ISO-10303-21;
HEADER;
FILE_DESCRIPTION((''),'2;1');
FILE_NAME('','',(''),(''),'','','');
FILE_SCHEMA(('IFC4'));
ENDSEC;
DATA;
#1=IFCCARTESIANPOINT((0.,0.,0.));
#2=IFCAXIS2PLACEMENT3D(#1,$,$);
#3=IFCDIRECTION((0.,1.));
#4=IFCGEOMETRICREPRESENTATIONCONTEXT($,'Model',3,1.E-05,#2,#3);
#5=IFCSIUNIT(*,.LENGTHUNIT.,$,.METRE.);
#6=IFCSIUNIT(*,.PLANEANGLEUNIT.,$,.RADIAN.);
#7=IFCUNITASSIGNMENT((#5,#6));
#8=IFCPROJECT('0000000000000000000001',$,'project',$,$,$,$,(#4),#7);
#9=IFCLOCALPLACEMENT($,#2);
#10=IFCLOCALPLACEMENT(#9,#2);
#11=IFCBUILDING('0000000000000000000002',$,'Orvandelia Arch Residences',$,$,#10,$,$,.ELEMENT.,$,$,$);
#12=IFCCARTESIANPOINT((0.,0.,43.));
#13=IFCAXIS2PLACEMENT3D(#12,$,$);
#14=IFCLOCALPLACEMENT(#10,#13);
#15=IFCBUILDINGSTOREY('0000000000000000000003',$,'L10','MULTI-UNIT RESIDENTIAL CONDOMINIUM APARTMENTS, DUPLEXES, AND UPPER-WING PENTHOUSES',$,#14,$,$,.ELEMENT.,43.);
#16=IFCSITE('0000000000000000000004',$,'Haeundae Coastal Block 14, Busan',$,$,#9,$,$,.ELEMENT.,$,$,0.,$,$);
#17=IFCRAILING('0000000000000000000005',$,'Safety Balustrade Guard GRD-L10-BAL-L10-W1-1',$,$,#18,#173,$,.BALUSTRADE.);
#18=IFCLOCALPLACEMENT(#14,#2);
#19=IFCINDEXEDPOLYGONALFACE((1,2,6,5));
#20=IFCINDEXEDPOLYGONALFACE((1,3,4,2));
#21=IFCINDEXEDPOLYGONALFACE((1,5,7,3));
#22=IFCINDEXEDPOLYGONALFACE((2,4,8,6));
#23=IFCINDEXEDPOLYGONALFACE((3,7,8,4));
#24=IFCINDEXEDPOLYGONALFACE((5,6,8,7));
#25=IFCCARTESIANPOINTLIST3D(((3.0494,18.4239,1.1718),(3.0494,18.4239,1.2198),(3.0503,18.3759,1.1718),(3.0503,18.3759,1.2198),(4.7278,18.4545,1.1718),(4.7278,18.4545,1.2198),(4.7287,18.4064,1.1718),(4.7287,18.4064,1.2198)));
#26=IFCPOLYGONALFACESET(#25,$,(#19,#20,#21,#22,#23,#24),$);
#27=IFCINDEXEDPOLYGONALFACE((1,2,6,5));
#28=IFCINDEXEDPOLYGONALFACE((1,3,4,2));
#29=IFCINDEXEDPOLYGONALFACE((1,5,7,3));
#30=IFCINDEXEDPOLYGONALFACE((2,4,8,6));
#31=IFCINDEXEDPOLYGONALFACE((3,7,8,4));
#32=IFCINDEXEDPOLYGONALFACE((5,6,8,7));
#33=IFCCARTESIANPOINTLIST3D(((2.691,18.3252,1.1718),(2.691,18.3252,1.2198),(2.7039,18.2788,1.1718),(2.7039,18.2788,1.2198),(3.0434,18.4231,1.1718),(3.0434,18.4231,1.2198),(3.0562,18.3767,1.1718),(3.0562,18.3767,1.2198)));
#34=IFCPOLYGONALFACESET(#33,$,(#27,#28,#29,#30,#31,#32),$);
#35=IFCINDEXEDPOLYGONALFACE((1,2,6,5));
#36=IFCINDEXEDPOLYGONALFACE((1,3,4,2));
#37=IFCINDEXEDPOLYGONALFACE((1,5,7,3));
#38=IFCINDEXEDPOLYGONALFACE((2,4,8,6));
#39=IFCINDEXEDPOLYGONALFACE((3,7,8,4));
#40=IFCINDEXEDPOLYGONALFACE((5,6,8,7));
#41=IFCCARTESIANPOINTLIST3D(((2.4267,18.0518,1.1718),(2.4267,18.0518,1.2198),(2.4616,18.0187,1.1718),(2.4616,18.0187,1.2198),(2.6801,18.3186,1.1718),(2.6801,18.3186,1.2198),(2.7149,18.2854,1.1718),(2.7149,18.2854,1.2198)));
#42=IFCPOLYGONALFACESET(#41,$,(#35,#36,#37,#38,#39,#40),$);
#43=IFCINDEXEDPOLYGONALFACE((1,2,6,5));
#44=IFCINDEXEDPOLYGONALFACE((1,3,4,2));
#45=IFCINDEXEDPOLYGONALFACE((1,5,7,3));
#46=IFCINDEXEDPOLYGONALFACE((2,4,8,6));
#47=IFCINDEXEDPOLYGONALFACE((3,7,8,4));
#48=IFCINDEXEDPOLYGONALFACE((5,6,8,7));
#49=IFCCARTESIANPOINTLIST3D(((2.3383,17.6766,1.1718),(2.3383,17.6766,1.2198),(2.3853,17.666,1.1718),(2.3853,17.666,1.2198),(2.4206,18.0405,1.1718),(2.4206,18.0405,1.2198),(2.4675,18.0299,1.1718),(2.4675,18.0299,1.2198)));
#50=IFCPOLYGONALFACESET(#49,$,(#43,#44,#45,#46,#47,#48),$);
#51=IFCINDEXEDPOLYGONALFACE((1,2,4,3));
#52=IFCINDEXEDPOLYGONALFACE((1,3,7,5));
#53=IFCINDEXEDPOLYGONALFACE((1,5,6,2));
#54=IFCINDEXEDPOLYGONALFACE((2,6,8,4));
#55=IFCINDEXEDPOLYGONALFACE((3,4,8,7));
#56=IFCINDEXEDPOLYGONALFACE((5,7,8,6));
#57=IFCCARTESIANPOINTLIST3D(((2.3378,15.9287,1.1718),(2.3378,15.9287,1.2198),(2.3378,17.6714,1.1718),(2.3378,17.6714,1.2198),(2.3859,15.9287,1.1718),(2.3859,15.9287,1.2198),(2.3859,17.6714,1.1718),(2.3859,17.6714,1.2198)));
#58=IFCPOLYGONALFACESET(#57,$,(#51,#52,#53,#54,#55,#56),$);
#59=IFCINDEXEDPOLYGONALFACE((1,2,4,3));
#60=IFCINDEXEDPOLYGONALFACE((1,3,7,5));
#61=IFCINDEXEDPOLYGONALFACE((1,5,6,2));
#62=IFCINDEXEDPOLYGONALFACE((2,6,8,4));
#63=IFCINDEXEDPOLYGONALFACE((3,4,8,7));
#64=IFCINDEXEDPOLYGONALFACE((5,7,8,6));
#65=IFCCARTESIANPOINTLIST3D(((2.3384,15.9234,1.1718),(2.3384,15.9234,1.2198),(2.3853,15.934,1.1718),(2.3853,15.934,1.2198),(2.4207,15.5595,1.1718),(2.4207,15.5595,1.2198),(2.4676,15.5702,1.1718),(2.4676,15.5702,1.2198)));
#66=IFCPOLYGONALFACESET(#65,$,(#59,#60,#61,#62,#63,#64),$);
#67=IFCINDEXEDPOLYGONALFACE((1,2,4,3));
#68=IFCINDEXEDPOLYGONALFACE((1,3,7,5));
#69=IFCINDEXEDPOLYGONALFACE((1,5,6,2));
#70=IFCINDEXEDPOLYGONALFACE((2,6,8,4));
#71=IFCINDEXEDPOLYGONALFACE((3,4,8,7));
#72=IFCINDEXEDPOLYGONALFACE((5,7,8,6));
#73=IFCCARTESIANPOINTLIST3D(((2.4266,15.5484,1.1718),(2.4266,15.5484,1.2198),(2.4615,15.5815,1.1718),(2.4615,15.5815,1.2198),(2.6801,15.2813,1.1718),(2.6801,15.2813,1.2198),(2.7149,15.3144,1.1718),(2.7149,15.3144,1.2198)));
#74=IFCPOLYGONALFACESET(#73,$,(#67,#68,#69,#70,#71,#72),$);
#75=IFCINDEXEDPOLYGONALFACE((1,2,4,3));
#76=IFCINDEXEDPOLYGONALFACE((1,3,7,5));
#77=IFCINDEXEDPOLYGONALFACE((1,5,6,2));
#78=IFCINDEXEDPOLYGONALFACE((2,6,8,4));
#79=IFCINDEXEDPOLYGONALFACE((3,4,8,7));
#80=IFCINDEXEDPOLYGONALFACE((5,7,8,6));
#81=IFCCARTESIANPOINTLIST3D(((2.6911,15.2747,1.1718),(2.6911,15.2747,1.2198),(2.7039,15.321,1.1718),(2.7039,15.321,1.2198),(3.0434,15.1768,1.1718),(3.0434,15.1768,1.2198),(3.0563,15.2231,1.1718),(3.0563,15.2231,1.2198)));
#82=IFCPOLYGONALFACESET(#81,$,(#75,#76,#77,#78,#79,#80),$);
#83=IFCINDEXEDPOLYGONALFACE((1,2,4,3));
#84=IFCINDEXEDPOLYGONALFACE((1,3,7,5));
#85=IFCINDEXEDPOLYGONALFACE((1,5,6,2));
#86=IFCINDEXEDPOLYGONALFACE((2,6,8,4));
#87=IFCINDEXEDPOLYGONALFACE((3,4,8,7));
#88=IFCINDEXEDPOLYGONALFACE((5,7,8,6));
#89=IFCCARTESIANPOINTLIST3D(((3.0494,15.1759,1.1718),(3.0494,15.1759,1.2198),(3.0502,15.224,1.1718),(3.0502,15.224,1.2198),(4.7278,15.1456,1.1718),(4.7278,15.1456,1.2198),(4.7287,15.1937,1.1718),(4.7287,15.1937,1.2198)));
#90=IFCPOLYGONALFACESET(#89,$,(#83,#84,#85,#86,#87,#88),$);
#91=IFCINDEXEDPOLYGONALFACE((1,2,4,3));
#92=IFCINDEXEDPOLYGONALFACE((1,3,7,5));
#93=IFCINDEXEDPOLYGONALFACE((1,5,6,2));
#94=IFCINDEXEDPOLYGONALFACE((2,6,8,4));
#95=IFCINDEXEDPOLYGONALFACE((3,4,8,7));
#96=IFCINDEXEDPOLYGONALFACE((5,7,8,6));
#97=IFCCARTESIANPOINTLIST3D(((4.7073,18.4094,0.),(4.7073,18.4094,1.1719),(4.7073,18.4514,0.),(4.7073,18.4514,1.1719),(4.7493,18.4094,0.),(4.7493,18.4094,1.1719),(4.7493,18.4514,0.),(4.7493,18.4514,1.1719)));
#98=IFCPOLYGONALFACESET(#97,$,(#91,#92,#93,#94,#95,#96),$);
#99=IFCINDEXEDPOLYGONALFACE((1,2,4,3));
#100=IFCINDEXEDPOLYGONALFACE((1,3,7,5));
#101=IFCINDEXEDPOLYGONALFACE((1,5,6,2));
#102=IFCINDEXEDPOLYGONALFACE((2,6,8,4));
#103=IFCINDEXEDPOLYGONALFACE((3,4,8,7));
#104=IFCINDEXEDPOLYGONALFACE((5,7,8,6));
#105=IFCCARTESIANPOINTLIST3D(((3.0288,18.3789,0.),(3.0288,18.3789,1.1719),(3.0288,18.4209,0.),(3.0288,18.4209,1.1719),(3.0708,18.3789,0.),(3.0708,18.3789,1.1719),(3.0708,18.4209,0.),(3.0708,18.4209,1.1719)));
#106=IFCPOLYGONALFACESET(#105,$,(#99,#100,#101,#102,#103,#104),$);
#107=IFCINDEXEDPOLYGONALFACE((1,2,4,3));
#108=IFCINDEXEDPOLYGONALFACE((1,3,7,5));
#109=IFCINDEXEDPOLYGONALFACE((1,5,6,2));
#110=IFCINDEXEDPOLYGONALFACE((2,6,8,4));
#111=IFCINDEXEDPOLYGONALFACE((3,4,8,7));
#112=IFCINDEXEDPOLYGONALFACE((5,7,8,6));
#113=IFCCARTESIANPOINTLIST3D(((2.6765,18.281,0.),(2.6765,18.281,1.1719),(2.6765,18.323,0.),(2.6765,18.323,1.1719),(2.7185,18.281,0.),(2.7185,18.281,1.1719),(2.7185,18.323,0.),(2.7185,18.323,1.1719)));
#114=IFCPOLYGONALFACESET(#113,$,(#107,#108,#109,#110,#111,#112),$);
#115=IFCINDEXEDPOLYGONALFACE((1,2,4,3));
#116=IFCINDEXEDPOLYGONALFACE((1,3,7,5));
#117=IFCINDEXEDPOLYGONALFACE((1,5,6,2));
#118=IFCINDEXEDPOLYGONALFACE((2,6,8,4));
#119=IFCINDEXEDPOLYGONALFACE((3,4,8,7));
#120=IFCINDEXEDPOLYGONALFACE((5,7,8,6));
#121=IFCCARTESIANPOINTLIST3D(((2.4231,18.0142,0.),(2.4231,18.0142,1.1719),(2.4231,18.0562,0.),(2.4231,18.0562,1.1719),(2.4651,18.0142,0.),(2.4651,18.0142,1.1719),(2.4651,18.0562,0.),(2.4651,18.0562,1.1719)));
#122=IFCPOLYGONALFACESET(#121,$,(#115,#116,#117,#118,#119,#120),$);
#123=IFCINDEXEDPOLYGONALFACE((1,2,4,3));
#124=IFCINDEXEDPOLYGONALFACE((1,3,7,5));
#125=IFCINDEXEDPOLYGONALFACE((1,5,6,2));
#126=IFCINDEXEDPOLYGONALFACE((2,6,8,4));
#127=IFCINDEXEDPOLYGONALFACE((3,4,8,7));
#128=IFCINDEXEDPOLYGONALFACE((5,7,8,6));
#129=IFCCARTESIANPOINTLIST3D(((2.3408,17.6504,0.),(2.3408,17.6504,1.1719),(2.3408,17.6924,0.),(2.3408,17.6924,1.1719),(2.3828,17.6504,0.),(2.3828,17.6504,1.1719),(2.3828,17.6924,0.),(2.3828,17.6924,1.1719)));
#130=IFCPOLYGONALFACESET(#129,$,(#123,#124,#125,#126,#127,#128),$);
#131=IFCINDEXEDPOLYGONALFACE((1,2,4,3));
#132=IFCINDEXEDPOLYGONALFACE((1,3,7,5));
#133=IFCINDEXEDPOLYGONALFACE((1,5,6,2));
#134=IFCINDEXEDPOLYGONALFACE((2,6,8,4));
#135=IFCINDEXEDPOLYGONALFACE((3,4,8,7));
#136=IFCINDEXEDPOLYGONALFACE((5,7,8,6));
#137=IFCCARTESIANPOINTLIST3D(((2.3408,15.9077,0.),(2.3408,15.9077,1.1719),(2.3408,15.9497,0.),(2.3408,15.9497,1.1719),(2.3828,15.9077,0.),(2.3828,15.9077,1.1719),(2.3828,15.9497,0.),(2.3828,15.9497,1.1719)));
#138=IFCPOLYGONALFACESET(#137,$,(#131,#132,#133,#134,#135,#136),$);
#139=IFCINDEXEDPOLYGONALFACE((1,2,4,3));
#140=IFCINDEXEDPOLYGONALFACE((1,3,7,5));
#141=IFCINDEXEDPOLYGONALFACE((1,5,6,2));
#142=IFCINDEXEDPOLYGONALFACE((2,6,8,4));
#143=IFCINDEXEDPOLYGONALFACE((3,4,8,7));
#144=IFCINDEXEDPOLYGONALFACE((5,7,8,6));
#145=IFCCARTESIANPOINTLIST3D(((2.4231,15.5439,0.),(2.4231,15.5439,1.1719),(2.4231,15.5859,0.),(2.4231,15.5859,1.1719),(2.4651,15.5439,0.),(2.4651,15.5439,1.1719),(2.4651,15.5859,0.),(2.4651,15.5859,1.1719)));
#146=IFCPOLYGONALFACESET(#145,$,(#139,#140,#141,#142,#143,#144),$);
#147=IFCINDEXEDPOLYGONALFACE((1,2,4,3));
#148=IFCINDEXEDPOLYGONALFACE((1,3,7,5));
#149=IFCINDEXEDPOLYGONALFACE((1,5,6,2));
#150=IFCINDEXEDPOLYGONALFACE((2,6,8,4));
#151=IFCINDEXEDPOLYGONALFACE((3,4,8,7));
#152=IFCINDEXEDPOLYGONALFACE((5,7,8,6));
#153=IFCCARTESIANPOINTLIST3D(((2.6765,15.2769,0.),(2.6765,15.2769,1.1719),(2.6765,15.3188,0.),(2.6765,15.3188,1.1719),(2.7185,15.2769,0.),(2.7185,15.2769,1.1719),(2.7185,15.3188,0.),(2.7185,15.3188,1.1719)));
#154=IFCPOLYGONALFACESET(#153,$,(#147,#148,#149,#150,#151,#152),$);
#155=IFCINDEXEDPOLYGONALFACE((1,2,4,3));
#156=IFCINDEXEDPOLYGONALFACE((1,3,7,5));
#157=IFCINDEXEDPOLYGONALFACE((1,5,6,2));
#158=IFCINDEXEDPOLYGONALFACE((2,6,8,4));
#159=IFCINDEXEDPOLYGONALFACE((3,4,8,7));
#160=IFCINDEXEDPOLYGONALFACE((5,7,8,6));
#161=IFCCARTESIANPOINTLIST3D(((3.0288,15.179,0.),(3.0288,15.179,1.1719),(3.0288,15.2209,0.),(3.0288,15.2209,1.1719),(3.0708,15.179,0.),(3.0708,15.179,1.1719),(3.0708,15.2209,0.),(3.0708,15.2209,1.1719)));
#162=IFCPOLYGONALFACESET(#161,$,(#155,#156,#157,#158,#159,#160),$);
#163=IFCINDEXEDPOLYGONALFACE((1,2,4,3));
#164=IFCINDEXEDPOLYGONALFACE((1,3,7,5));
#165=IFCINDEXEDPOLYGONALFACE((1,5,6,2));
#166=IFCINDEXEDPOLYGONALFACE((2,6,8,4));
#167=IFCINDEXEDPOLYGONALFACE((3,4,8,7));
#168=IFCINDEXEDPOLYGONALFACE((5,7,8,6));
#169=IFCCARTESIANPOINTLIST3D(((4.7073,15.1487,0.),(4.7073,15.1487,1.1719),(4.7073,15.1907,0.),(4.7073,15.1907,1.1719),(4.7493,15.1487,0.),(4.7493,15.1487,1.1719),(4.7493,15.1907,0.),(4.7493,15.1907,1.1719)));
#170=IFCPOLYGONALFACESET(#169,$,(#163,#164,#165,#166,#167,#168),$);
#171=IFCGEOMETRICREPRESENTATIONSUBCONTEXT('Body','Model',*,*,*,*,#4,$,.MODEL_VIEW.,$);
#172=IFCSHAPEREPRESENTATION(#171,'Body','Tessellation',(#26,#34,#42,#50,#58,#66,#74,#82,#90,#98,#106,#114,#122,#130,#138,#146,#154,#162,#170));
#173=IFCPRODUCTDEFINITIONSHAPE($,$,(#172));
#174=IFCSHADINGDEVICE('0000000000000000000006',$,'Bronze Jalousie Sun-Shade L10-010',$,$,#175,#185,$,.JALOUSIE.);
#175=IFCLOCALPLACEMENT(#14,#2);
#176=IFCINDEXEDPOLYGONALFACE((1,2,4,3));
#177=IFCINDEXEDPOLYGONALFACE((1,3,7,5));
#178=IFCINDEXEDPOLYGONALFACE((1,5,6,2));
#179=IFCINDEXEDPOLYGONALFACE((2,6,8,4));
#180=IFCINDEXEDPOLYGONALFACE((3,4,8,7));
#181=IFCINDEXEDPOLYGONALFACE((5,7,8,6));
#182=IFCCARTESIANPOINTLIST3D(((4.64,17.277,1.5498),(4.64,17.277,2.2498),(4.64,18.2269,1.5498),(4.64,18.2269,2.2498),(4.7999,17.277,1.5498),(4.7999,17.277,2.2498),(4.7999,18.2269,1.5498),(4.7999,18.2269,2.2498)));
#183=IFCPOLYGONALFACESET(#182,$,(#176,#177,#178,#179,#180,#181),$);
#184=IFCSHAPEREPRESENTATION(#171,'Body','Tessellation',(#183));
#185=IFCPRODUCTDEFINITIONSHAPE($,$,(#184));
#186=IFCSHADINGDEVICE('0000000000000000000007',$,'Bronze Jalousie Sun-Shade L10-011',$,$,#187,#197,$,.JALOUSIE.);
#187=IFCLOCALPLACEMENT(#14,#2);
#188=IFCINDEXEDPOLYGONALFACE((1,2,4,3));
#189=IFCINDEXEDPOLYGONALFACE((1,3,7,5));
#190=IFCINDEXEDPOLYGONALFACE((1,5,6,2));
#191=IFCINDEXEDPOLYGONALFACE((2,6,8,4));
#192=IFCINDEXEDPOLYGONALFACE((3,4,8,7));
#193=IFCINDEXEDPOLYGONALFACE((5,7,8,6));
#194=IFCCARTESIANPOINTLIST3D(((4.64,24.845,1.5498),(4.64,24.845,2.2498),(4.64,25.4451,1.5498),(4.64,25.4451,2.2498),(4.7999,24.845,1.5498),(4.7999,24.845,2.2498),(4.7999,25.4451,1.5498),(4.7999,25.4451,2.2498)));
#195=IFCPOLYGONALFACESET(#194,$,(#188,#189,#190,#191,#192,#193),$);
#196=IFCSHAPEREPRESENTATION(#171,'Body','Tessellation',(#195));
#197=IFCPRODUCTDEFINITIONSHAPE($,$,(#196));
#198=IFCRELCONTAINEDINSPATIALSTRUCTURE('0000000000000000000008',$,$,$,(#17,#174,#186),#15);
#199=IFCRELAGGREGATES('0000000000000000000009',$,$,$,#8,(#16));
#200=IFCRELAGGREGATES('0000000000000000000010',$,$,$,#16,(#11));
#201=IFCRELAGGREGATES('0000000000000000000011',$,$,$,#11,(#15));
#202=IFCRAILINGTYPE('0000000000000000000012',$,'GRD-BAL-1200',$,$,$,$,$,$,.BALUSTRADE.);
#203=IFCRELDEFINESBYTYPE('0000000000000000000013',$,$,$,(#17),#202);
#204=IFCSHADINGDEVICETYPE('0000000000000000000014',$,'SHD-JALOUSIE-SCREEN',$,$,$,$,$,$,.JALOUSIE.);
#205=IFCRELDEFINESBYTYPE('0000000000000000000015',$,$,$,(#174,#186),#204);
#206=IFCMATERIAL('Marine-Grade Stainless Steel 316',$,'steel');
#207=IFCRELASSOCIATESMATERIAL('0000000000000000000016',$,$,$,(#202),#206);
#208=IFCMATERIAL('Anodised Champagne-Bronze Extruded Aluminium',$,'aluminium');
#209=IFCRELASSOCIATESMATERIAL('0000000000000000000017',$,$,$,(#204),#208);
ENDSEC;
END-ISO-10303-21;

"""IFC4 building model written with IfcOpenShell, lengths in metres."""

from ifc_helpers import new_model, si_unit, direction, frame, origin, origin_2d, place, context, subcontext, project, spatial, rectangle, extrude, material, type_object, element, save


model = new_model("IFC4")

# Units and contexts
model_context = context("Model", 3, precision=1e-05, world=origin(), true_north=direction((0.0, 1.0)))
body_context = subcontext(model_context, "Body", "Model", "MODEL_VIEW")
ifc_project = project(units=[si_unit("LENGTHUNIT", "METRE"), si_unit("PLANEANGLEUNIT", "RADIAN")], contexts=[model_context])

# Site, building, storey
site_placement = place(None, origin())
site = spatial("IfcSite", under=ifc_project, at=site_placement, Name="Haeundae Coastal Block 14, Busan", CompositionType="ELEMENT", RefElevation=0.0)
building_placement = place(site_placement, origin())
building = spatial("IfcBuilding", under=site, at=building_placement, Name="Orvandelia Arch Residences", CompositionType="ELEMENT")
storey_placement = place(building_placement, frame((0.0, 0.0, 43.0)))
storey = spatial("IfcBuildingStorey", under=building, at=storey_placement, Name="L10", Description="MULTI-UNIT RESIDENTIAL CONDOMINIUM APARTMENTS, DUPLEXES, AND UPPER-WING PENTHOUSES", CompositionType="ELEMENT", Elevation=43.0)

# Railing
ifc_material_1 = material(Name="Marine-Grade Stainless Steel 316", Category="steel")
railing_type = type_object("IfcRailingType", Name="GRD-BAL-1200", PredefinedType="BALUSTRADE", material=ifc_material_1)
railing_placement = place(storey_placement, frame((4.7283, 18.4304, 0.0)))
element("IfcRailing", 1, at=railing_placement, inside=storey, type_object=railing_type, Name="Safety Balustrade Guard GRD-L10-BAL-L10-W1-1", PredefinedType="BALUSTRADE", context=body_context, shape_type="SweptSolid", body=[
    extrude(rectangle(XDim=0.0481, YDim=0.0481, at=origin_2d()), frame((0.0, 0.0, 1.1958), z_axis=(-0.999835, -0.018179, 0.0), x_axis=(0.018179, -0.999835, 0.0)), (0.0, 0.0, 1.0), 1.6787),
    extrude(rectangle(XDim=0.0481, YDim=0.0481, at=origin_2d()), frame((-1.6785, -0.0305, 1.1958), z_axis=(-0.963489, -0.267747, 0.0), x_axis=(0.267747, -0.963489, 0.0)), (0.0, 0.0, 1.0), 0.3657),
    extrude(rectangle(XDim=0.0481, YDim=0.0481, at=origin_2d()), frame((-2.0308, -0.1284, 1.1958), z_axis=(-0.688627, -0.725115, 0.0), x_axis=(0.725115, -0.688627, 0.0)), (0.0, 0.0, 1.0), 0.3679),
    extrude(rectangle(XDim=0.0481, YDim=0.0481, at=origin_2d()), frame((-2.2842, -0.3953, 1.1958), z_axis=(-0.220602, -0.975364, 0.0), x_axis=(0.975364, -0.220602, 0.0)), (0.0, 0.0, 1.0), 0.373),
    extrude(rectangle(XDim=0.0481, YDim=0.0481, at=origin_2d()), frame((-2.3665, -0.759, 1.1958), z_axis=(0.0, -1.0, 0.0), x_axis=(1.0, 0.0, 0.0)), (0.0, 0.0, 1.0), 1.7427),
    extrude(rectangle(XDim=0.0481, YDim=0.0481, at=origin_2d()), frame((-2.3665, -2.5017, 1.1958), z_axis=(0.220602, -0.975364, 0.0), x_axis=(0.975364, 0.220602, 0.0)), (0.0, 0.0, 1.0), 0.373),
    extrude(rectangle(XDim=0.0481, YDim=0.0481, at=origin_2d()), frame((-2.2842, -2.8655, 1.1958), z_axis=(0.688296, -0.72543, 0.0), x_axis=(0.72543, 0.688296, 0.0)), (0.0, 0.0, 1.0), 0.3682),
    extrude(rectangle(XDim=0.0481, YDim=0.0481, at=origin_2d()), frame((-2.0308, -3.1326, 1.1958), z_axis=(0.963489, -0.267747, 0.0), x_axis=(0.267747, 0.963489, 0.0)), (0.0, 0.0, 1.0), 0.3657),
    extrude(rectangle(XDim=0.0481, YDim=0.0481, at=origin_2d()), frame((-1.6785, -3.2305, 1.1958), z_axis=(0.999837, -0.018033, 0.0), x_axis=(0.018033, 0.999837, 0.0)), (0.0, 0.0, 1.0), 1.6787),
    extrude(rectangle(XDim=0.042, YDim=0.042, at=origin_2d()), origin(), (0.0, 0.0, 1.0), 1.1719),
    extrude(rectangle(XDim=0.042, YDim=0.042, at=origin_2d()), frame((-1.6785, -0.0305, 0.0)), (0.0, 0.0, 1.0), 1.1719),
    extrude(rectangle(XDim=0.042, YDim=0.042, at=origin_2d()), frame((-2.0308, -0.1284, 0.0)), (0.0, 0.0, 1.0), 1.1719),
    extrude(rectangle(XDim=0.042, YDim=0.042, at=origin_2d()), frame((-2.2842, -0.3953, 0.0)), (0.0, 0.0, 1.0), 1.1719),
    extrude(rectangle(XDim=0.042, YDim=0.042, at=origin_2d()), frame((-2.3665, -0.759, 0.0)), (0.0, 0.0, 1.0), 1.1719),
    extrude(rectangle(XDim=0.042, YDim=0.042, at=origin_2d()), frame((-2.3665, -2.5017, 0.0)), (0.0, 0.0, 1.0), 1.1719),
    extrude(rectangle(XDim=0.042, YDim=0.042, at=origin_2d()), frame((-2.2842, -2.8655, 0.0)), (0.0, 0.0, 1.0), 1.1719),
    extrude(rectangle(XDim=0.042, YDim=0.042, at=origin_2d()), frame((-2.0308, -3.1326, 0.0)), (0.0, 0.0, 1.0), 1.1719),
    extrude(rectangle(XDim=0.042, YDim=0.042, at=origin_2d()), frame((-1.6785, -3.2305, 0.0)), (0.0, 0.0, 1.0), 1.1719),
    extrude(rectangle(XDim=0.042, YDim=0.042, at=origin_2d()), frame((0.0, -3.2607, 0.0)), (0.0, 0.0, 1.0), 1.1719),
])

# Shading devices
ifc_material_2 = material(Name="Anodised Champagne-Bronze Extruded Aluminium", Category="aluminium")
shading_device_type = type_object("IfcShadingDeviceType", Name="SHD-JALOUSIE-SCREEN", PredefinedType="JALOUSIE", material=ifc_material_2)
shading_device_1_placement = place(storey_placement, frame((4.72, 17.752, 1.5498), z_axis=(0.0, 0.0, 1.0), x_axis=(0.0, 1.0, 0.0)))
element("IfcShadingDevice", 2, at=shading_device_1_placement, inside=storey, type_object=shading_device_type, Name="Bronze Jalousie Sun-Shade L10-010", PredefinedType="JALOUSIE", context=body_context, shape_type="SweptSolid", body=[
    extrude(rectangle(XDim=0.95, YDim=0.1599, at=origin_2d()), origin(), (0.0, 0.0, 1.0), 0.7),
])
shading_device_2_placement = place(storey_placement, frame((4.72, 25.145, 1.5498), z_axis=(0.0, 0.0, 1.0), x_axis=(0.0, 1.0, 0.0)))
element("IfcShadingDevice", 3, at=shading_device_2_placement, inside=storey, type_object=shading_device_type, Name="Bronze Jalousie Sun-Shade L10-011", PredefinedType="JALOUSIE", context=body_context, shape_type="SweptSolid", body=[
    extrude(rectangle(XDim=0.6001, YDim=0.1599, at=origin_2d()), origin(), (0.0, 0.0, 1.0), 0.7),
])

save(model, "model.ifc")
